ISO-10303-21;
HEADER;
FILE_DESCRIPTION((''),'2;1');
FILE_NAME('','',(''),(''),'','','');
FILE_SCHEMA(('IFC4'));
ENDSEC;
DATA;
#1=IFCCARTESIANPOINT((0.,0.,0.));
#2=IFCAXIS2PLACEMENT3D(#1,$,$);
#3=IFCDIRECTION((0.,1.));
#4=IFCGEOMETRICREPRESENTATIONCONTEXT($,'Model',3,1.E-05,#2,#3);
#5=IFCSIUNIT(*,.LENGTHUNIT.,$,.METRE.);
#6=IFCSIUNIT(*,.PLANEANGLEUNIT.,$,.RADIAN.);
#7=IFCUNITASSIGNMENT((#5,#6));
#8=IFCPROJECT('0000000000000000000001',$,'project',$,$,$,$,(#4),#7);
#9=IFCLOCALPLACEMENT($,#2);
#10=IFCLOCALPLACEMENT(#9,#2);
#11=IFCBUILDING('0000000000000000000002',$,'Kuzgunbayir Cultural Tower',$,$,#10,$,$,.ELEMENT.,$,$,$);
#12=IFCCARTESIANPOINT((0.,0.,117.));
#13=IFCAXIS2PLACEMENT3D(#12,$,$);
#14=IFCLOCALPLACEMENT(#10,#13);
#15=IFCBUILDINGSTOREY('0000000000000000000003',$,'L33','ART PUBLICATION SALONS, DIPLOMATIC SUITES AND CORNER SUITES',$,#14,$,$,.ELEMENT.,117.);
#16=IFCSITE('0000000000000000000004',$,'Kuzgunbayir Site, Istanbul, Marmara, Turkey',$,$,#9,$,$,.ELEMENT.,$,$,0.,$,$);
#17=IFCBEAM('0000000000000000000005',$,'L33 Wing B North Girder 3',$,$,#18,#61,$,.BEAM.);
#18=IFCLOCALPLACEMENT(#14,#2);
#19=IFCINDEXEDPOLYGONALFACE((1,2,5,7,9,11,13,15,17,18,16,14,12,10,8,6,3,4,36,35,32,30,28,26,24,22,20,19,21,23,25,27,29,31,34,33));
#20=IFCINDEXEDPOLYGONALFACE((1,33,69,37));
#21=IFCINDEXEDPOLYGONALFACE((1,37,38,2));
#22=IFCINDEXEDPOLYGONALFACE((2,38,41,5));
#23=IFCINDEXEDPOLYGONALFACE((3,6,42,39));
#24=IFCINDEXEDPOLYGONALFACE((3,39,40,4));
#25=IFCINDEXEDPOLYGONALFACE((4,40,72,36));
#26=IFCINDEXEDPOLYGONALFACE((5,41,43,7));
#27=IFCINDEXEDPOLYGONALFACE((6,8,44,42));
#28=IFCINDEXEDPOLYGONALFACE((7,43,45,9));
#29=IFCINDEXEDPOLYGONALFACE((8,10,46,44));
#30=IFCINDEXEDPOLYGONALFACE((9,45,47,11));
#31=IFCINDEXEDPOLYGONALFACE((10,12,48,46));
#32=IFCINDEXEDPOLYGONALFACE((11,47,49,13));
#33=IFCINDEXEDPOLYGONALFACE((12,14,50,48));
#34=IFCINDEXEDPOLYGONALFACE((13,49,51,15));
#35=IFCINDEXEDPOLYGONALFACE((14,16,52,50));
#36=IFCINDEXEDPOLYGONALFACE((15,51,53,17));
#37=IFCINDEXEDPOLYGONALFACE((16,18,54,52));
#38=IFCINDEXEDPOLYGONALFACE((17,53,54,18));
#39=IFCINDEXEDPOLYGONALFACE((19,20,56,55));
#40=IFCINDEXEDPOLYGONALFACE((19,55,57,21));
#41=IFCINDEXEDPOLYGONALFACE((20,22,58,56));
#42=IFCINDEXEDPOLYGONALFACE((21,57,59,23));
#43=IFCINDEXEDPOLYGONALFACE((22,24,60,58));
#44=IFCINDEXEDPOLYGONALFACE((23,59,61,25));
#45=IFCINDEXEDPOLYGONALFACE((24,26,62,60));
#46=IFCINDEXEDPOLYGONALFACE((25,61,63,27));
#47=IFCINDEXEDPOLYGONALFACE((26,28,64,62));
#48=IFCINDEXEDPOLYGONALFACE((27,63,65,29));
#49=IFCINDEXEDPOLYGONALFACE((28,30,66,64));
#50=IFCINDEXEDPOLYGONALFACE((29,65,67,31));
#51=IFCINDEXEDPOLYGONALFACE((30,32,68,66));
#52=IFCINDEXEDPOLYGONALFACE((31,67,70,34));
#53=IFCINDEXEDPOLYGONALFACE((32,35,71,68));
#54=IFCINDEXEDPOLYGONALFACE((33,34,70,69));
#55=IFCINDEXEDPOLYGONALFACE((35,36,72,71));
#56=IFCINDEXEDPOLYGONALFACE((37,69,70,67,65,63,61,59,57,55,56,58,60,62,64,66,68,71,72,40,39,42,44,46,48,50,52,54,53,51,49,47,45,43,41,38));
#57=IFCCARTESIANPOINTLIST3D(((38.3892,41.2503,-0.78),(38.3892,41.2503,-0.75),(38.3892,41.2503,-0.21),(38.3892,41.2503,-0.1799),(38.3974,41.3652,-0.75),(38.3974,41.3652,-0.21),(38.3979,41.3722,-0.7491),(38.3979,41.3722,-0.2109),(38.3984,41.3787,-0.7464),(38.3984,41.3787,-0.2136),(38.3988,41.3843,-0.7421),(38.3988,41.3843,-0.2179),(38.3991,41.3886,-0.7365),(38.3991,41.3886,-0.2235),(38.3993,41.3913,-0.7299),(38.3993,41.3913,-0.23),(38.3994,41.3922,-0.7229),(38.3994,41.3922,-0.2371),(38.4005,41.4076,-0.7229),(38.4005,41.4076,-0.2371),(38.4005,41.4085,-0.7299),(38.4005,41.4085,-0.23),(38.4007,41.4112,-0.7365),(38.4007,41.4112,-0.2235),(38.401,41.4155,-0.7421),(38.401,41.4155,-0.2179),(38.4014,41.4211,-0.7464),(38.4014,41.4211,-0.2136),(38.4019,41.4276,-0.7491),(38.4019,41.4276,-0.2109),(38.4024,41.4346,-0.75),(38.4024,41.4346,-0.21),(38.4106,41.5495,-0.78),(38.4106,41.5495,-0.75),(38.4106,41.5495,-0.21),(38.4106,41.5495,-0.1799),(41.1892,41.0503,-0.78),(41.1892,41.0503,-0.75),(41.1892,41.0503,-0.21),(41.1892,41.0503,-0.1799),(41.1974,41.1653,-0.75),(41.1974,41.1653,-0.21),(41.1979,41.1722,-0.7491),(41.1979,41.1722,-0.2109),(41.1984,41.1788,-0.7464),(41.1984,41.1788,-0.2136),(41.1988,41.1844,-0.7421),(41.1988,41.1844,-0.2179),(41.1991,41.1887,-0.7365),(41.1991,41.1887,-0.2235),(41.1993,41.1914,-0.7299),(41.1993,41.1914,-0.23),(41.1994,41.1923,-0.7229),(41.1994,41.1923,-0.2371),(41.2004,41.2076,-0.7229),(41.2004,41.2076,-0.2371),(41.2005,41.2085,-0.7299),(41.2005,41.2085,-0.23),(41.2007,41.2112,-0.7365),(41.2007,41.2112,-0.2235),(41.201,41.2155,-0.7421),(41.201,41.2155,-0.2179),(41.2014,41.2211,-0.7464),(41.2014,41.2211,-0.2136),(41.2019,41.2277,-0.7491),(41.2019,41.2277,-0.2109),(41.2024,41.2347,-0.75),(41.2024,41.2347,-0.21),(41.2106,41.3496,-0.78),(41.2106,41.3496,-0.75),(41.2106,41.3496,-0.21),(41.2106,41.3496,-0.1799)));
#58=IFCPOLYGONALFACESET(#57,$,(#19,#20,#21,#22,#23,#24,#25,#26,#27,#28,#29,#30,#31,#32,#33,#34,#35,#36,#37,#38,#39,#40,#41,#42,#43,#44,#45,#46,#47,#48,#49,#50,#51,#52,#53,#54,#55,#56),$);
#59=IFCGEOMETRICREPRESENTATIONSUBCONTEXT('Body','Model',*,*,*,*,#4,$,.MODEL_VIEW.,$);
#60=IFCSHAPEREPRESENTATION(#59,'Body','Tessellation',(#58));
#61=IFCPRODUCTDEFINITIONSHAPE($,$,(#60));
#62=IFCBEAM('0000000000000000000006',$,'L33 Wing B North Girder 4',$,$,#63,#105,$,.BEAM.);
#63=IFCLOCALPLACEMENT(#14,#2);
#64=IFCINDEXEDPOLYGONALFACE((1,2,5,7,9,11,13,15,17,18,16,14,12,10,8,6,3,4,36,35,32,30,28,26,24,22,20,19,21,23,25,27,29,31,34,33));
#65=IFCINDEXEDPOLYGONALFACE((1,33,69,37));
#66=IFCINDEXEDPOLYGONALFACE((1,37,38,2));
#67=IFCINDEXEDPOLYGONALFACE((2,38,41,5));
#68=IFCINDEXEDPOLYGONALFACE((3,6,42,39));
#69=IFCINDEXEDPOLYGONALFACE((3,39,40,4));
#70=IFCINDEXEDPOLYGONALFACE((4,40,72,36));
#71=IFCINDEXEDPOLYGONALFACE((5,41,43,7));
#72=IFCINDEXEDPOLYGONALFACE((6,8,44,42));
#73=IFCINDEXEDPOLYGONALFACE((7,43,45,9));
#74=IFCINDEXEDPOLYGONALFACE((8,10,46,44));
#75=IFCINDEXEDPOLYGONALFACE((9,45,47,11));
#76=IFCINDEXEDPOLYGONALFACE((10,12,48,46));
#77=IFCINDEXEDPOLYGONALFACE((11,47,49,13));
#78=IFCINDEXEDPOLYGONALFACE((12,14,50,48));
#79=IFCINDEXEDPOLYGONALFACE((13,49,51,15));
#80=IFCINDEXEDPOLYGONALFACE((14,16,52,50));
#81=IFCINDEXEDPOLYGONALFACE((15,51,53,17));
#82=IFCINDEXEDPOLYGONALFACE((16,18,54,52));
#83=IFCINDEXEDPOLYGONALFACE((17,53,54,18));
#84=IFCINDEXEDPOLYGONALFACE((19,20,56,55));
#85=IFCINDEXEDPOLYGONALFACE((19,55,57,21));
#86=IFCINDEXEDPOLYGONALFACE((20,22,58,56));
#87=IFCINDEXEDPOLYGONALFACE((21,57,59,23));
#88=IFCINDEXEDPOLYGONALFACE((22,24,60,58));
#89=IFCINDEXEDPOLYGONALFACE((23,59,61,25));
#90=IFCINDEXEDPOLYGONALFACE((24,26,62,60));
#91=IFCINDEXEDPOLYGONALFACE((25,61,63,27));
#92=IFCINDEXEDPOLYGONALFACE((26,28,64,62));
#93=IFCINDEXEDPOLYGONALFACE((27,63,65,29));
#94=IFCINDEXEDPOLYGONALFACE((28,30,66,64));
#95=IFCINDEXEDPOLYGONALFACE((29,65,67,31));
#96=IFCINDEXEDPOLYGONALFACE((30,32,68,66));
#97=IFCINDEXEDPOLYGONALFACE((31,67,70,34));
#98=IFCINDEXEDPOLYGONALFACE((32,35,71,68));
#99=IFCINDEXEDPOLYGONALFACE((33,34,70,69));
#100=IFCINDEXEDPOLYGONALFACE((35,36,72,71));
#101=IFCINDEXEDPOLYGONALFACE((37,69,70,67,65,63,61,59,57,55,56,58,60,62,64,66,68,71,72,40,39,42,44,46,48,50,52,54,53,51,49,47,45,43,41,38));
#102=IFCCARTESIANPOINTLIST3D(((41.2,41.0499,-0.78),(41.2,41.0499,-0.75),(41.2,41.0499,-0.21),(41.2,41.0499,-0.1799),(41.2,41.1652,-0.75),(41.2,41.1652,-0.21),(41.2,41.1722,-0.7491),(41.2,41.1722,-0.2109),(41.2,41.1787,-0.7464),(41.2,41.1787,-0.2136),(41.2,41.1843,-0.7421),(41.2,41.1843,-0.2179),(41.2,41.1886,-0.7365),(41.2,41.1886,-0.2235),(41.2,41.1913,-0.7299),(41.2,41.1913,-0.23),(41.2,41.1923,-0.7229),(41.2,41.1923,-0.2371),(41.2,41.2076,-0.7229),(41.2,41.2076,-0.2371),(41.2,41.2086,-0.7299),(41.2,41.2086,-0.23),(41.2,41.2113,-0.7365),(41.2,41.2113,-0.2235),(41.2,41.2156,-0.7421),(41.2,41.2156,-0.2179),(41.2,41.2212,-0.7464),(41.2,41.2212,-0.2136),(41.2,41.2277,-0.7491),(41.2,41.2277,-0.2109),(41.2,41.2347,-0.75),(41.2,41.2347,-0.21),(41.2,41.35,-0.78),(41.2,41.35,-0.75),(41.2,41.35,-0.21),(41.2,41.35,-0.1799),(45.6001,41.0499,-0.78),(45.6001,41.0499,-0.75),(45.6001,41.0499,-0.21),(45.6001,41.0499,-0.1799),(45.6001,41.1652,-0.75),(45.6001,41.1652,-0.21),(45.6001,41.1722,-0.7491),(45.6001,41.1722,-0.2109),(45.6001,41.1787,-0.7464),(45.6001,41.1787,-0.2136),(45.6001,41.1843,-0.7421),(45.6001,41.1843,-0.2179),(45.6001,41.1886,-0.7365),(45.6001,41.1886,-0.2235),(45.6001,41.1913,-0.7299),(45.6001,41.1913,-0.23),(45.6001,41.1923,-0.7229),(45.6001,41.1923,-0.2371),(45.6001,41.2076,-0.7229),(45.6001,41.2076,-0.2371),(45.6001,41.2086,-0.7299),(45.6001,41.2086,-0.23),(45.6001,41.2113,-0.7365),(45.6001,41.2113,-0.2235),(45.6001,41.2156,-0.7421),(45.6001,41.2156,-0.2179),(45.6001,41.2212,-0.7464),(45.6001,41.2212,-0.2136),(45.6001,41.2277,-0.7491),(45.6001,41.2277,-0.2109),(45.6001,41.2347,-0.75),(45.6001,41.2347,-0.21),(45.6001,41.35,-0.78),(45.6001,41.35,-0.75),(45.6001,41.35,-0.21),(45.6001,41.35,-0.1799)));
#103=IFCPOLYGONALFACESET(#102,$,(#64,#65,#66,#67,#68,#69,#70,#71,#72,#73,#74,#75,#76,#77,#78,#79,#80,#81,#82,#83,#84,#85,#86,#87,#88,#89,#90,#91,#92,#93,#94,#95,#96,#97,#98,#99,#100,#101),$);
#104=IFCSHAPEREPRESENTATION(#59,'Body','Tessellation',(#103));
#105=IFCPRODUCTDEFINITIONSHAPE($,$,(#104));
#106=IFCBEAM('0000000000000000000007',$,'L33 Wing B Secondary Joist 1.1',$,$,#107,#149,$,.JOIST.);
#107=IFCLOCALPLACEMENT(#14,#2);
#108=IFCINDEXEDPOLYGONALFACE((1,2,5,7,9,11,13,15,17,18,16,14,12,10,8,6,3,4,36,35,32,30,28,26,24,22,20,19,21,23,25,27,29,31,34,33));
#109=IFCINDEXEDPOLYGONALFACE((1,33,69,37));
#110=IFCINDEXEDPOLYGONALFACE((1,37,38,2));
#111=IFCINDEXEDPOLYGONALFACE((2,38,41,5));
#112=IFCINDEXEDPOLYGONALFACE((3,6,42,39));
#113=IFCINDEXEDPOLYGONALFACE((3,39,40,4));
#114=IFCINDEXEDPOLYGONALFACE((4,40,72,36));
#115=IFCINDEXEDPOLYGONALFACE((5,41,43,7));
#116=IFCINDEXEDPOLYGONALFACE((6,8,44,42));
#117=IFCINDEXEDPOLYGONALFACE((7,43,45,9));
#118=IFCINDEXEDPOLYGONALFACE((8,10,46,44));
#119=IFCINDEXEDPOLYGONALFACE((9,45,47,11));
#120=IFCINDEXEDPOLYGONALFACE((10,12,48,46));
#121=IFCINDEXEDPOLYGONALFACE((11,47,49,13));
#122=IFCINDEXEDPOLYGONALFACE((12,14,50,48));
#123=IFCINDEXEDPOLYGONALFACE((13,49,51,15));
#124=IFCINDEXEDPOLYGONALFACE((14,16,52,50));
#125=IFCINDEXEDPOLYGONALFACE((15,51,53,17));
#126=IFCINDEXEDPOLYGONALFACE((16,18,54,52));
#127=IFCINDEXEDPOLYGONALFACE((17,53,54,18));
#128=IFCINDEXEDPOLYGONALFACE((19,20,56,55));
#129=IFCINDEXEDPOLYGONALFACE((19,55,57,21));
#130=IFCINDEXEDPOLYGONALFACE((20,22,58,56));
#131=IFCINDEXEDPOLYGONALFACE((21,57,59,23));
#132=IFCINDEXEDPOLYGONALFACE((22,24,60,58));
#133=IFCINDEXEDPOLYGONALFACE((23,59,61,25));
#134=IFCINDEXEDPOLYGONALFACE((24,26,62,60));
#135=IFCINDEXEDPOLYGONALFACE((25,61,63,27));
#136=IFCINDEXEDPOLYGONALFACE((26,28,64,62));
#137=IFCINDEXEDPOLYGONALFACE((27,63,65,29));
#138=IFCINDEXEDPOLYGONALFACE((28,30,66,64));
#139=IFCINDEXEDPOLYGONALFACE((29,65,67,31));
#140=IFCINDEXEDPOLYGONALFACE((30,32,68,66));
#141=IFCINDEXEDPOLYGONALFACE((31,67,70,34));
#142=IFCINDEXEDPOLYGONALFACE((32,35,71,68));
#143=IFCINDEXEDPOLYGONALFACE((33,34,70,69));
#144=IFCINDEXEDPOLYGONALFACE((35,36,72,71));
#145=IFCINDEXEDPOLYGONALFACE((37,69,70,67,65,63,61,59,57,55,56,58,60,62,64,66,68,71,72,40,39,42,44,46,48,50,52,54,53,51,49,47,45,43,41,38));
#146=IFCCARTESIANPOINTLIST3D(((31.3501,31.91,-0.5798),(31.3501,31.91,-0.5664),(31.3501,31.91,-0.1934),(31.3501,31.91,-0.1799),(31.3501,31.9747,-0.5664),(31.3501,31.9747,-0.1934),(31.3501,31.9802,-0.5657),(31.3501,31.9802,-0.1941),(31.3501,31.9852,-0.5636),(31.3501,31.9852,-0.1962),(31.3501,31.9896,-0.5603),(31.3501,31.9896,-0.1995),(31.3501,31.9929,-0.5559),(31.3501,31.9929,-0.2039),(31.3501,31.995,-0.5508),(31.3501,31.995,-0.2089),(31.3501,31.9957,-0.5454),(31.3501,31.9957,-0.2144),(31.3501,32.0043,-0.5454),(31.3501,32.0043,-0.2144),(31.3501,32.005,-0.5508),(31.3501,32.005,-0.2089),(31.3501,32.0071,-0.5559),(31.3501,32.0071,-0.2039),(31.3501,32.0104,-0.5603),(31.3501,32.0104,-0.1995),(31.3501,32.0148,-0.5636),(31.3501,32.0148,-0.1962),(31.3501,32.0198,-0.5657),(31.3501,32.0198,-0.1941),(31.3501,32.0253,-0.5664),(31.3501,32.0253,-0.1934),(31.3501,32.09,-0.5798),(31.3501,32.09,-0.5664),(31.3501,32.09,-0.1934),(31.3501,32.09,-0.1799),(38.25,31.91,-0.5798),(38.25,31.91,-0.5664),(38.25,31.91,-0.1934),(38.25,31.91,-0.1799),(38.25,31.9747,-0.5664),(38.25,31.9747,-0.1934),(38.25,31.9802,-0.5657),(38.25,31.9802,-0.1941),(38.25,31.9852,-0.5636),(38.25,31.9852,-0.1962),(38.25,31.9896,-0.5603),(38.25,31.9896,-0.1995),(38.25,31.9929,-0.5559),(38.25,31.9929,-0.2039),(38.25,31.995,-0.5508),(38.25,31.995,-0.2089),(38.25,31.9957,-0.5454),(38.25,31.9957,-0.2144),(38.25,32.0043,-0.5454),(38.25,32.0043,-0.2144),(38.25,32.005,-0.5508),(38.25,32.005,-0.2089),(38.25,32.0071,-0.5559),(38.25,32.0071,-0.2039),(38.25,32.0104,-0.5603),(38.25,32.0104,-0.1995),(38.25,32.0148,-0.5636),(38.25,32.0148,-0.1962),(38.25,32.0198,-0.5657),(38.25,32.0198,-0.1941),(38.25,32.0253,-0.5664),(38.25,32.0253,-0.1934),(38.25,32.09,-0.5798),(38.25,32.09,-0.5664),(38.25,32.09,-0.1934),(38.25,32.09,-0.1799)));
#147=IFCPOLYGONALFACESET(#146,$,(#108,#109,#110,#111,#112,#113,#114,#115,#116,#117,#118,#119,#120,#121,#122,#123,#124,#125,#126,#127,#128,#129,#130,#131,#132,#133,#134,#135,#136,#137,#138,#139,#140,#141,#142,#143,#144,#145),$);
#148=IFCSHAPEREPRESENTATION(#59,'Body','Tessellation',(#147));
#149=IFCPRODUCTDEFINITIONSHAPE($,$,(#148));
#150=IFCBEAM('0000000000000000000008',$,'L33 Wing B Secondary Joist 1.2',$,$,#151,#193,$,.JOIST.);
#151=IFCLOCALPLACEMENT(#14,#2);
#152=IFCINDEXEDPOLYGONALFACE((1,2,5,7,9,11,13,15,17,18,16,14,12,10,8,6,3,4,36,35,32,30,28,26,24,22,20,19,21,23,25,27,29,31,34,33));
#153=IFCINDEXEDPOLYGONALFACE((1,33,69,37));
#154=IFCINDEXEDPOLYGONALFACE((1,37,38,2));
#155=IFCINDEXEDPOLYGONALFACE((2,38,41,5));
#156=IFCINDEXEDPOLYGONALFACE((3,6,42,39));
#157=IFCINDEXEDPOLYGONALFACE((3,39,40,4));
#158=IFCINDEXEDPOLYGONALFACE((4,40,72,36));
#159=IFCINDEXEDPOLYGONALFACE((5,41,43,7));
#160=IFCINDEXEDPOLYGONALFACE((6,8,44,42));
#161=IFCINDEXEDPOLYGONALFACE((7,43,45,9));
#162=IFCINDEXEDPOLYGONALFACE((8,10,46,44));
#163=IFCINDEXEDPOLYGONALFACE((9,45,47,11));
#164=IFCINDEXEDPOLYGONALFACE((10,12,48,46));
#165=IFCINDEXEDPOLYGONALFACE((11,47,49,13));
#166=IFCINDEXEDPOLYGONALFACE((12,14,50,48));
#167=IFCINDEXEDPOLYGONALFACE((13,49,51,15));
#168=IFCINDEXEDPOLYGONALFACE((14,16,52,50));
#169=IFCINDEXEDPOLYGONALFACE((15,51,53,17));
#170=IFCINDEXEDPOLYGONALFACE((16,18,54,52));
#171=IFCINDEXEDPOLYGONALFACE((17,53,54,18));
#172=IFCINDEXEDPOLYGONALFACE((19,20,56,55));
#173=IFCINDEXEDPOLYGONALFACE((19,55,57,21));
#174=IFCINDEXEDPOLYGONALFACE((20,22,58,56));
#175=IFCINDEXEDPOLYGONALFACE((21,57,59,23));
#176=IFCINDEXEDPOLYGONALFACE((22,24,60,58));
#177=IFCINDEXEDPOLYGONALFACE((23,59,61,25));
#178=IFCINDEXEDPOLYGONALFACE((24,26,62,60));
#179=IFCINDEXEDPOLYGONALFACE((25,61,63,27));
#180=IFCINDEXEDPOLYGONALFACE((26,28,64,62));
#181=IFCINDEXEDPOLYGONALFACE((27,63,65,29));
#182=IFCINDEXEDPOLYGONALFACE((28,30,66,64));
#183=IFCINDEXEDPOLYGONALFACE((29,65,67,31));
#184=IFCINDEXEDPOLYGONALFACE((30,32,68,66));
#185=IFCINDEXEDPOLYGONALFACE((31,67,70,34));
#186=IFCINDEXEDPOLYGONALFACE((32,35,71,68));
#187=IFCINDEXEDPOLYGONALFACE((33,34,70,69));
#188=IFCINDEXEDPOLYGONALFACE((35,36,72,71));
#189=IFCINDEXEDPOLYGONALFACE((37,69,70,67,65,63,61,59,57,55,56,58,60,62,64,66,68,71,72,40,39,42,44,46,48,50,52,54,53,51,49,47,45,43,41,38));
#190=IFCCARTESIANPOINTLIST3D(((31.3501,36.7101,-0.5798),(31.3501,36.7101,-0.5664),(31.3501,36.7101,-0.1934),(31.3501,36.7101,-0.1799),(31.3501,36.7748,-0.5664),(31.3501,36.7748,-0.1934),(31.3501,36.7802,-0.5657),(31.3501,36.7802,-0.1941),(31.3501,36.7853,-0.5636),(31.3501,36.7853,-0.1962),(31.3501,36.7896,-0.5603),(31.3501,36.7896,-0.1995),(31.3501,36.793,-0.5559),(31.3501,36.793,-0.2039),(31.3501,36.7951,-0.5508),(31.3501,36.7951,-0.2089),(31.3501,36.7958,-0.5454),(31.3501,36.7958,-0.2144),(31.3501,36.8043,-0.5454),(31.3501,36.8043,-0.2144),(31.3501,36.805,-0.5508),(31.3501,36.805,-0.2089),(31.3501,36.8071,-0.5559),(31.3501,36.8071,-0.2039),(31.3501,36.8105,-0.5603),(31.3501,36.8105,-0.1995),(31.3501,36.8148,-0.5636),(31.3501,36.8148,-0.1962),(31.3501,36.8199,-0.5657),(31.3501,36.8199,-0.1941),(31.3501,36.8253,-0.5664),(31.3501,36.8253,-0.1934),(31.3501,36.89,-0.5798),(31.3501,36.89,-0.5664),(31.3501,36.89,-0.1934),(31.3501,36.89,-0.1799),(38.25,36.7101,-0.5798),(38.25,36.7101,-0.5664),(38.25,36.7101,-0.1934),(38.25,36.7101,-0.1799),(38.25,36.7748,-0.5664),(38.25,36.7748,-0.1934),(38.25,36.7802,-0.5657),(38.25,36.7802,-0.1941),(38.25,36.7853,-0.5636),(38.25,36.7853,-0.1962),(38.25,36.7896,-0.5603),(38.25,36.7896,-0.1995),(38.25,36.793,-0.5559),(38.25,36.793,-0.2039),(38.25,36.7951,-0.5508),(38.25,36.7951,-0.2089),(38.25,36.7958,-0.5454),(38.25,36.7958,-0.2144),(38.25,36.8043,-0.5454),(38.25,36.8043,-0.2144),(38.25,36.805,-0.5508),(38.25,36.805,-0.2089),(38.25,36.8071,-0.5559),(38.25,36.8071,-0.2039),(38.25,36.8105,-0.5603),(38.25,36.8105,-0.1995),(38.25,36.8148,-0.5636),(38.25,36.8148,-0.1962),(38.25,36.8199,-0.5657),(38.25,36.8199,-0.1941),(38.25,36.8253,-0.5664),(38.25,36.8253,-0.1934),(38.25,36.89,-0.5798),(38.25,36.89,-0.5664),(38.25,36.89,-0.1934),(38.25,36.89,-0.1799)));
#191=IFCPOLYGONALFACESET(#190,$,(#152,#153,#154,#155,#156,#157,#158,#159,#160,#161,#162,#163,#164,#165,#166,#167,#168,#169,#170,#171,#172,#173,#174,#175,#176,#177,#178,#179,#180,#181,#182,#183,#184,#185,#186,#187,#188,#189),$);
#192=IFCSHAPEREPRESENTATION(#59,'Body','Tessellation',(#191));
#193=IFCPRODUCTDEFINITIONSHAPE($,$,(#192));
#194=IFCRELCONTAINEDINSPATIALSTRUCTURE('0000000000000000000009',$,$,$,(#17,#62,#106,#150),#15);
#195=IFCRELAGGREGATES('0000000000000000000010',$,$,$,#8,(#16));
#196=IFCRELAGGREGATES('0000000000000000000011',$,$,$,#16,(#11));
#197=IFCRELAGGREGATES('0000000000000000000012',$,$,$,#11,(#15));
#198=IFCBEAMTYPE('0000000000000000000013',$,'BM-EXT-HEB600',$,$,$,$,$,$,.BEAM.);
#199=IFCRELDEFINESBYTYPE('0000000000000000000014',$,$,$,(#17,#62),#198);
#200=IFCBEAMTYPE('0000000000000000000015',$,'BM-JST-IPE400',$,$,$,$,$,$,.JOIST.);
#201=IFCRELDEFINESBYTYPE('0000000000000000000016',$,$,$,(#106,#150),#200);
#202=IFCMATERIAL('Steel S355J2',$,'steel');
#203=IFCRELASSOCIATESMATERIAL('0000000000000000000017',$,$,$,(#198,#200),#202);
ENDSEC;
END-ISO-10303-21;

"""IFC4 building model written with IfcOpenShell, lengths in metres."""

from ifc_helpers import new_model, si_unit, direction, frame, origin, origin_2d, place, context, subcontext, project, spatial, i_section, extrude, material, material_profile, profile_set, type_object, element, save


model = new_model("IFC4")

# Units and contexts
model_context = context("Model", 3, precision=1e-05, world=origin(), true_north=direction((0.0, 1.0)))
body_context = subcontext(model_context, "Body", "Model", "MODEL_VIEW")
ifc_project = project(units=[si_unit("LENGTHUNIT", "METRE"), si_unit("PLANEANGLEUNIT", "RADIAN")], contexts=[model_context])

# Site, building, storey
site_placement = place(None, origin())
site = spatial("IfcSite", under=ifc_project, at=site_placement, Name="Kuzgunbayir Site, Istanbul, Marmara, Turkey", CompositionType="ELEMENT", RefElevation=0.0)
building_placement = place(site_placement, origin())
building = spatial("IfcBuilding", under=site, at=building_placement, Name="Kuzgunbayir Cultural Tower", CompositionType="ELEMENT")
storey_placement = place(building_placement, frame((0.0, 0.0, 117.0)))
storey = spatial("IfcBuildingStorey", under=building, at=storey_placement, Name="L33", Description="ART PUBLICATION SALONS, DIPLOMATIC SUITES AND CORNER SUITES", CompositionType="ELEMENT", Elevation=117.0)

# Beams
ifc_material_1 = material(Name="Steel S355J2", Category="steel")
ifc_material_profile_1 = material_profile(ifc_material_1, i_section(OverallWidth=0.3, OverallDepth=0.6001, WebThickness=0.0154, FlangeThickness=0.03, FilletRadius=0.0271, at=origin_2d()), Name="HEB 600")
ifc_profile_set_1 = profile_set([ifc_material_profile_1], Name="Steel S355J2")
beam_type_1 = type_object("IfcBeamType", Name="BM-EXT-HEB600", PredefinedType="BEAM", material=ifc_profile_set_1)
beam_1_placement = place(storey_placement, frame((38.3999, 41.3999, -0.48), z_axis=(0.99746, -0.071229, 0.0), x_axis=(0.071229, 0.99746, 0.0)))
element("IfcBeam", 1, at=beam_1_placement, inside=storey, type_object=beam_type_1, Name="L33 Wing B North Girder 3", PredefinedType="BEAM", context=body_context, shape_type="SweptSolid", body=[
    extrude(i_section(OverallWidth=0.3, OverallDepth=0.6001, WebThickness=0.0154, FlangeThickness=0.03, FilletRadius=0.0271, at=origin_2d()), origin(), (0.0, 0.0, 1.0), 2.8071),
])
beam_2_placement = place(storey_placement, frame((41.2, 41.2, -0.48), z_axis=(1.0, 0.0, 0.0), x_axis=(0.0, 1.0, 0.0)))
element("IfcBeam", 2, at=beam_2_placement, inside=storey, type_object=beam_type_1, Name="L33 Wing B North Girder 4", PredefinedType="BEAM", context=body_context, shape_type="SweptSolid", body=[
    extrude(i_section(OverallWidth=0.3, OverallDepth=0.6001, WebThickness=0.0154, FlangeThickness=0.03, FilletRadius=0.0271, at=origin_2d()), origin(), (0.0, 0.0, 1.0), 4.4001),
])
ifc_material_profile_2 = material_profile(ifc_material_1, i_section(OverallWidth=0.1799, OverallDepth=0.3999, WebThickness=0.0085, FlangeThickness=0.0134, FilletRadius=0.021, at=origin_2d()), Name="IPE 400")
ifc_profile_set_2 = profile_set([ifc_material_profile_2], Name="Steel S355J2")
beam_type_2 = type_object("IfcBeamType", Name="BM-JST-IPE400", PredefinedType="JOIST", material=ifc_profile_set_2)
for number, where, z_axis, x_axis, name in (
    (3, (31.3501, 32.0, -0.3799), (1.0, 0.0, 0.0), (0.0, 1.0, 0.0), "L33 Wing B Secondary Joist 1.1"),
    (4, (31.3501, 36.8, -0.3799), (1.0, 0.0, 0.0), (0.0, 1.0, 0.0), "L33 Wing B Secondary Joist 1.2"),
):
    element("IfcBeam", number, at=place(storey_placement, frame(where, z_axis=z_axis, x_axis=x_axis)), inside=storey, type_object=beam_type_2, Name=name, PredefinedType="JOIST", context=body_context, shape_type="SweptSolid", body=[
        extrude(i_section(OverallWidth=0.1799, OverallDepth=0.3999, WebThickness=0.0085, FlangeThickness=0.0134, FilletRadius=0.021, at=origin_2d()), origin(), (0.0, 0.0, 1.0), 6.8999),
    ])

save(model, "model.ifc")
